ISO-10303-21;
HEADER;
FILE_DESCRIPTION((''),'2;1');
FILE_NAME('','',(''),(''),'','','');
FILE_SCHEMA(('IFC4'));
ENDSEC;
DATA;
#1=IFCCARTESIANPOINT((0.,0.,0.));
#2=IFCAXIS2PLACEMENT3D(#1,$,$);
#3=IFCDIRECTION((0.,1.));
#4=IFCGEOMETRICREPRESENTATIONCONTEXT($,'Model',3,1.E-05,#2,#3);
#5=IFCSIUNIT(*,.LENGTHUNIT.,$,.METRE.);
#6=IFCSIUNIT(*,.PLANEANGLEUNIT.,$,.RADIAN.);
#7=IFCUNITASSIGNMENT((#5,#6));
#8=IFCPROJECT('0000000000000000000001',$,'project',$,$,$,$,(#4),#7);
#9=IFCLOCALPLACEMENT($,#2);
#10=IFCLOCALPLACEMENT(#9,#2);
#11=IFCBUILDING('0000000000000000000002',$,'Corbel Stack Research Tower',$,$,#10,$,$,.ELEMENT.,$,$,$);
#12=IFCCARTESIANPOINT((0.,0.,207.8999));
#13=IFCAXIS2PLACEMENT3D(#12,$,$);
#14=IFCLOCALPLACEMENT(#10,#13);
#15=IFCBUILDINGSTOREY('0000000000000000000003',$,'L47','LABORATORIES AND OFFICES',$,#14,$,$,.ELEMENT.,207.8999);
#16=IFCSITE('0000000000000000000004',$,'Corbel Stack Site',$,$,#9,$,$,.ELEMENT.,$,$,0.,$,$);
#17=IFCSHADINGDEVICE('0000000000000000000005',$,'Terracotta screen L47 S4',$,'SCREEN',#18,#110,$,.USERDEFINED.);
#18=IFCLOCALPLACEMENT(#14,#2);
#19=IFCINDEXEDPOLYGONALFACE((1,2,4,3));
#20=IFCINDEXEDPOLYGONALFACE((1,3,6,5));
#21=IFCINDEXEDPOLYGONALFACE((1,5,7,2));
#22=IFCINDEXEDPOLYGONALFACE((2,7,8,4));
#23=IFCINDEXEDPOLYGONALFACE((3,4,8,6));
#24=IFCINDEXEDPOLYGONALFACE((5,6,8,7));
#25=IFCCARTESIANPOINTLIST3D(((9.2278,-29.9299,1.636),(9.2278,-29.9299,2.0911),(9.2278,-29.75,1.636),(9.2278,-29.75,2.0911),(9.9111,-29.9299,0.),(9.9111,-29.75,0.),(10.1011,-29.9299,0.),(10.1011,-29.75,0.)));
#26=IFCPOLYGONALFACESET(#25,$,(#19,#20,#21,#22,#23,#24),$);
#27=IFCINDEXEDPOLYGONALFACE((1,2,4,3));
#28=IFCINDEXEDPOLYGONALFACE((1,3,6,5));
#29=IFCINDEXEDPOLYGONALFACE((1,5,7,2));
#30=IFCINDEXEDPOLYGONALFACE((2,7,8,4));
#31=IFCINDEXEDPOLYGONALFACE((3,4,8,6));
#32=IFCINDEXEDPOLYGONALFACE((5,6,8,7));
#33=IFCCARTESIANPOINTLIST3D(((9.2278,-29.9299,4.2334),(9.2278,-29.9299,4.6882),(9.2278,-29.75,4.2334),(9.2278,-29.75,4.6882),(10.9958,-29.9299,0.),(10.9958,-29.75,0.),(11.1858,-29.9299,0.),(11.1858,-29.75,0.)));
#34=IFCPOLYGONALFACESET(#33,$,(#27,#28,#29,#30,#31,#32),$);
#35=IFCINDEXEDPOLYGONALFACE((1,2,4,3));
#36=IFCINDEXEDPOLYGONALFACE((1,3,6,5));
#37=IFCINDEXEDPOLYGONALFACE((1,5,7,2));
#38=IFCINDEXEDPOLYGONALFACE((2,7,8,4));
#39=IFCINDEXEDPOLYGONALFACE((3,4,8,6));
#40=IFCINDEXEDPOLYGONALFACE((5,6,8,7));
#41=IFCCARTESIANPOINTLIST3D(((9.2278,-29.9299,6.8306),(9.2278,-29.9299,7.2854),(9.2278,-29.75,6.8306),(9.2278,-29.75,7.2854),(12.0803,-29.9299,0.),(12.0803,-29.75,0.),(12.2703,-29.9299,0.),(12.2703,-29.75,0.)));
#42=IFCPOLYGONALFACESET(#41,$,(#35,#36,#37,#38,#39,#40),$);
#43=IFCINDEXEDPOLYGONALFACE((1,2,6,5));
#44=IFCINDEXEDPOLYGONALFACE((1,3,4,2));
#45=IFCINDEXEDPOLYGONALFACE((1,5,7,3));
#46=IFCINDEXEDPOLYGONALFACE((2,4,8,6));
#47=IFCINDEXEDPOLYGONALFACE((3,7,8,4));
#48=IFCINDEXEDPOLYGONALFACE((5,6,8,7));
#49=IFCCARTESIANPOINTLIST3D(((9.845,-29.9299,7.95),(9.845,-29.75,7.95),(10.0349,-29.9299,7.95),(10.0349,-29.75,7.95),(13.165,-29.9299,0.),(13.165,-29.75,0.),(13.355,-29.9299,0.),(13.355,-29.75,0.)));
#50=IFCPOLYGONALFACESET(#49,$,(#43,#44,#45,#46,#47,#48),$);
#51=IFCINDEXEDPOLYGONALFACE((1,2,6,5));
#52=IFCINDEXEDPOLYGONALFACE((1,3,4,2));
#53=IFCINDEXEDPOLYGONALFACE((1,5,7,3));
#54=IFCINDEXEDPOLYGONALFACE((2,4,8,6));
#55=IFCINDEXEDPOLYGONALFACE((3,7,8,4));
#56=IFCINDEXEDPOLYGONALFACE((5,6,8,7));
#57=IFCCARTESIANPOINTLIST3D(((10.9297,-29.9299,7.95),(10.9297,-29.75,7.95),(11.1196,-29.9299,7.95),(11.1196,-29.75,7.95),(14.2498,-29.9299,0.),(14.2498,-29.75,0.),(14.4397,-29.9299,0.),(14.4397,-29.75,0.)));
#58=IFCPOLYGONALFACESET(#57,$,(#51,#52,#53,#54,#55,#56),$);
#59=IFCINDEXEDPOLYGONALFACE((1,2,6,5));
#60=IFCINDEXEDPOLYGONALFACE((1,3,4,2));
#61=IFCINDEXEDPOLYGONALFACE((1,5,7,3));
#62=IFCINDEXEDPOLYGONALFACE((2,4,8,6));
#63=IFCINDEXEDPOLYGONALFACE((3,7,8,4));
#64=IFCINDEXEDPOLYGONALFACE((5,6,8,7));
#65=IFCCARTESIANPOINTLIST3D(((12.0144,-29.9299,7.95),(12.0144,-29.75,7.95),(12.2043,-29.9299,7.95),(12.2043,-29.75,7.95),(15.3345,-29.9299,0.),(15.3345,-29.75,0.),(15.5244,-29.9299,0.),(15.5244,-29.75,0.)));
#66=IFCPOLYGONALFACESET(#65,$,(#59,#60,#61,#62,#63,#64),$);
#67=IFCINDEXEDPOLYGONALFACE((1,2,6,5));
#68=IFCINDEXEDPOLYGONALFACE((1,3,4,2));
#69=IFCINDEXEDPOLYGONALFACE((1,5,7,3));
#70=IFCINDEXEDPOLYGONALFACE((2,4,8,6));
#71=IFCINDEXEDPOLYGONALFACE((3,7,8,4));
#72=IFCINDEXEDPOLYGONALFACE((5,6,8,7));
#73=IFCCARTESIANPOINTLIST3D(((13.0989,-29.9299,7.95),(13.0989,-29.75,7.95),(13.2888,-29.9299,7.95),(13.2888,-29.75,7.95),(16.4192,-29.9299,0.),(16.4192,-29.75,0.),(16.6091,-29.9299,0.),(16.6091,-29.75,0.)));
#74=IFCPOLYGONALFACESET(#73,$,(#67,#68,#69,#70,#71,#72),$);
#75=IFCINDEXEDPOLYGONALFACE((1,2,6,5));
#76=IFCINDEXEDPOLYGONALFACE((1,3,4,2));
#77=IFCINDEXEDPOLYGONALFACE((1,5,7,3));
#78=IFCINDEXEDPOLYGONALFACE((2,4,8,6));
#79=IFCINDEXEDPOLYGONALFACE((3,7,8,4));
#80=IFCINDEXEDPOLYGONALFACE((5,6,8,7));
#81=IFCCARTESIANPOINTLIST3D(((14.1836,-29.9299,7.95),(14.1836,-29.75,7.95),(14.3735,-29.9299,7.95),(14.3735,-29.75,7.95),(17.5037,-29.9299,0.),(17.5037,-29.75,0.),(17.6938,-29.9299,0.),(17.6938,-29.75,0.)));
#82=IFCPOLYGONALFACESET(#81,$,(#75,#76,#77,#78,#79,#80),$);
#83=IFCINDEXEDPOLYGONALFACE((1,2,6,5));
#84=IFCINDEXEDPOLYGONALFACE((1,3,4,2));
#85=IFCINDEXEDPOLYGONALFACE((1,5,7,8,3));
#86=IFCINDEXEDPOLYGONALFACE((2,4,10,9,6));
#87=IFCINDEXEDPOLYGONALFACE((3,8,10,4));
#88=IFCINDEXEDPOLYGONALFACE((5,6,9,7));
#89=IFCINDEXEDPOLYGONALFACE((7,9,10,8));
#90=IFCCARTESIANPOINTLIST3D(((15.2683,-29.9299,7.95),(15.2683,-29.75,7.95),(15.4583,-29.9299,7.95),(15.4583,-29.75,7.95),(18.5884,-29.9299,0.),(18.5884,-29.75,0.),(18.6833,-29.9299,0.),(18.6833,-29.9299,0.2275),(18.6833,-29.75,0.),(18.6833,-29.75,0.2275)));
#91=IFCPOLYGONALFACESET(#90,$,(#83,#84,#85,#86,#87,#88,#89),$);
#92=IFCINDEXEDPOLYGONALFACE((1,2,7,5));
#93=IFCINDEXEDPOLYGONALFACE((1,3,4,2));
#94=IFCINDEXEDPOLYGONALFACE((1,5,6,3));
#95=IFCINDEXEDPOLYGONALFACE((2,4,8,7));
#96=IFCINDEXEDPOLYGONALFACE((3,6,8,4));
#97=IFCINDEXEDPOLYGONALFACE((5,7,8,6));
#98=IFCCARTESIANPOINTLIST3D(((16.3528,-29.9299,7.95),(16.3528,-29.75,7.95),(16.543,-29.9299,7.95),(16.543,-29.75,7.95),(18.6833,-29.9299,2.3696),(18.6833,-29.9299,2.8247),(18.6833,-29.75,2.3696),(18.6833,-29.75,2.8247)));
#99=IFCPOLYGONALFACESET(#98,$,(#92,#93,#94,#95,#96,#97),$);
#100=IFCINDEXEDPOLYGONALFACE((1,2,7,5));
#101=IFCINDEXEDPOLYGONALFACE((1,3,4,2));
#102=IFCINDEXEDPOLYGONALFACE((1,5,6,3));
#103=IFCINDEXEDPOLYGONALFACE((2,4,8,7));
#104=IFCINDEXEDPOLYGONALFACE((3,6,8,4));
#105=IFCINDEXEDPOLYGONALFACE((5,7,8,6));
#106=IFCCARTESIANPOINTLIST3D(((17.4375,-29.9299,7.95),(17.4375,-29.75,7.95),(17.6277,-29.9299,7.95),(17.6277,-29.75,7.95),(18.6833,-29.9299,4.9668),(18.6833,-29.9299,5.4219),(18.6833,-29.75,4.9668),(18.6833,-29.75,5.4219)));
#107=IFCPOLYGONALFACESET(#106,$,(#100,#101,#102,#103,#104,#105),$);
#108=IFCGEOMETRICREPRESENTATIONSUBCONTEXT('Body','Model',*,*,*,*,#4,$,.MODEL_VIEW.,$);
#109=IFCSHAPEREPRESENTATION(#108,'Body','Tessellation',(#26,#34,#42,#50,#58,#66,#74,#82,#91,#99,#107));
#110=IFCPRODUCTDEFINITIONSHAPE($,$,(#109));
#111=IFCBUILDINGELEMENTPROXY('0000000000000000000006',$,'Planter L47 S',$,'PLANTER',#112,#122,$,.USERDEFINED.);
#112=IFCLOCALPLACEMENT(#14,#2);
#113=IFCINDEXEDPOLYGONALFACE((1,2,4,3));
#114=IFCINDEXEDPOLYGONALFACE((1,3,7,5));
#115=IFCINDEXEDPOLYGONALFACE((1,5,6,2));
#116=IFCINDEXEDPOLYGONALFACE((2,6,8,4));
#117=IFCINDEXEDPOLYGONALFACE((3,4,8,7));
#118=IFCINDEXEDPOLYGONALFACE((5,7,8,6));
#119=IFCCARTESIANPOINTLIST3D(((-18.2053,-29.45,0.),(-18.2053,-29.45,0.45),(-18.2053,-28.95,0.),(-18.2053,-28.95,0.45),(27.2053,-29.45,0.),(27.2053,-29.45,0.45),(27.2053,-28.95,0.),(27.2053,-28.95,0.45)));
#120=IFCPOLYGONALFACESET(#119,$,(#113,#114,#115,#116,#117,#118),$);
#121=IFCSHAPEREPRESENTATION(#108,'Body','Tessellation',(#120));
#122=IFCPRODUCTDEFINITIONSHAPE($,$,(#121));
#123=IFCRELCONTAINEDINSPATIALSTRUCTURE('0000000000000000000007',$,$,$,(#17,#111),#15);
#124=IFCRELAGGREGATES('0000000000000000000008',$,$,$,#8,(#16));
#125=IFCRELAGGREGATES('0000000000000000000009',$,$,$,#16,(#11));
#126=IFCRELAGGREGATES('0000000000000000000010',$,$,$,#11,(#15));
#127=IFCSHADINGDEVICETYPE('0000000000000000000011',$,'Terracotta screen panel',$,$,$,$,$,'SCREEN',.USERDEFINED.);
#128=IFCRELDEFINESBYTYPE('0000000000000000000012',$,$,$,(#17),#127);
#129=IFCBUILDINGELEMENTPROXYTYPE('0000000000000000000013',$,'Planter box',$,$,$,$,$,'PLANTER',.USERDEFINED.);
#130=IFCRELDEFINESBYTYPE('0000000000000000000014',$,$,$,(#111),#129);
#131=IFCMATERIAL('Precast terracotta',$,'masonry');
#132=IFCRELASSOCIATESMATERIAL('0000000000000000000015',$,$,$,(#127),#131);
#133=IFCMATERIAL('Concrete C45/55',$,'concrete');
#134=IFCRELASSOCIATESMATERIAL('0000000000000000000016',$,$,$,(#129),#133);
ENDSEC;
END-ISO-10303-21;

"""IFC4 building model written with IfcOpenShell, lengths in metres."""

from ifc_helpers import new_model, si_unit, direction, frame, origin, origin_2d, place, context, subcontext, project, spatial, polyline, rectangle, outline, extrude, source, transform, mapped, material, type_object, element, save


model = new_model("IFC4")

# Units and contexts
model_context = context("Model", 3, precision=1e-05, world=origin(), true_north=direction((0.0, 1.0)))
body_context = subcontext(model_context, "Body", "Model", "MODEL_VIEW")
ifc_project = project(units=[si_unit("LENGTHUNIT", "METRE"), si_unit("PLANEANGLEUNIT", "RADIAN")], contexts=[model_context])

# Site, building, storey
site_placement = place(None, origin())
site = spatial("IfcSite", under=ifc_project, at=site_placement, Name="Corbel Stack Site", CompositionType="ELEMENT", RefElevation=0.0)
building_placement = place(site_placement, origin())
building = spatial("IfcBuilding", under=site, at=building_placement, Name="Corbel Stack Research Tower", CompositionType="ELEMENT")
storey_placement = place(building_placement, frame((0.0, 0.0, 207.8999)))
storey = spatial("IfcBuildingStorey", under=building, at=storey_placement, Name="L47", Description="LABORATORIES AND OFFICES", CompositionType="ELEMENT", Elevation=207.8999)

# Shading device
ifc_material_1 = material(Name="Precast terracotta", Category="masonry")
shading_device_type = type_object("IfcShadingDeviceType", Name="Terracotta screen panel", ElementType="SCREEN", PredefinedType="USERDEFINED", material=ifc_material_1)
shared_shape = source(origin(), body_context, "Body", "SweptSolid", [
    extrude(outline(polyline([(0.8733, 0.0), (0.0, 2.0911), (0.0, 1.636), (0.6833, 0.0), (0.8733, 0.0)])), frame((0.0, 0.0, 0.0), z_axis=(0.0, -1.0, 0.0), x_axis=(1.0, 0.0, 0.0)), (0.0, 0.0, 1.0), 0.1799),
    extrude(outline(polyline([(1.958, 0.0), (0.0, 4.6882), (0.0, 4.2334), (1.7681, 0.0), (1.958, 0.0)])), frame((0.0, 0.0, 0.0), z_axis=(0.0, -1.0, 0.0), x_axis=(1.0, 0.0, 0.0)), (0.0, 0.0, 1.0), 0.1799),
    extrude(outline(polyline([(3.0425, 0.0), (0.0, 7.2854), (0.0, 6.8306), (2.8525, 0.0), (3.0425, 0.0)])), frame((0.0, 0.0, 0.0), z_axis=(0.0, -1.0, 0.0), x_axis=(1.0, 0.0, 0.0)), (0.0, 0.0, 1.0), 0.1799),
    extrude(outline(polyline([(4.1272, 0.0), (0.8071, 7.95), (0.6172, 7.95), (3.9373, 0.0), (4.1272, 0.0)])), frame((0.0, 0.0, 0.0), z_axis=(0.0, -1.0, 0.0), x_axis=(1.0, 0.0, 0.0)), (0.0, 0.0, 1.0), 0.1799),
    extrude(outline(polyline([(5.2119, 0.0), (1.8918, 7.95), (1.7019, 7.95), (5.022, 0.0), (5.2119, 0.0)])), frame((0.0, 0.0, 0.0), z_axis=(0.0, -1.0, 0.0), x_axis=(1.0, 0.0, 0.0)), (0.0, 0.0, 1.0), 0.1799),
    extrude(outline(polyline([(6.2966, 0.0), (2.9766, 7.95), (2.7866, 7.95), (6.1067, 0.0), (6.2966, 0.0)])), frame((0.0, 0.0, 0.0), z_axis=(0.0, -1.0, 0.0), x_axis=(1.0, 0.0, 0.0)), (0.0, 0.0, 1.0), 0.1799),
    extrude(outline(polyline([(7.3813, 0.0), (4.061, 7.95), (3.8711, 7.95), (7.1914, 0.0), (7.3813, 0.0)])), frame((0.0, 0.0, 0.0), z_axis=(0.0, -1.0, 0.0), x_axis=(1.0, 0.0, 0.0)), (0.0, 0.0, 1.0), 0.1799),
    extrude(outline(polyline([(8.4661, 0.0), (5.1458, 7.95), (4.9558, 7.95), (8.2759, 0.0), (8.4661, 0.0)])), frame((0.0, 0.0, 0.0), z_axis=(0.0, -1.0, 0.0), x_axis=(1.0, 0.0, 0.0)), (0.0, 0.0, 1.0), 0.1799),
    extrude(outline(polyline([(9.4556, 0.0), (9.4556, 0.2275), (6.2305, 7.95), (6.0405, 7.95), (9.3606, 0.0), (9.4556, 0.0)])), frame((0.0, 0.0, 0.0), z_axis=(0.0, -1.0, 0.0), x_axis=(1.0, 0.0, 0.0)), (0.0, 0.0, 1.0), 0.1799),
    extrude(outline(polyline([(7.3152, 7.95), (7.125, 7.95), (9.4556, 2.3696), (9.4556, 2.8247), (7.3152, 7.95)])), frame((0.0, 0.0, 0.0), z_axis=(0.0, -1.0, 0.0), x_axis=(1.0, 0.0, 0.0)), (0.0, 0.0, 1.0), 0.1799),
    extrude(outline(polyline([(8.3999, 7.95), (8.2097, 7.95), (9.4556, 4.9668), (9.4556, 5.4219), (8.3999, 7.95)])), frame((0.0, 0.0, 0.0), z_axis=(0.0, -1.0, 0.0), x_axis=(1.0, 0.0, 0.0)), (0.0, 0.0, 1.0), 0.1799),
])
shading_device_placement = place(storey_placement, frame((9.2278, -29.75, 0.0), z_axis=(0.0, 0.0, 1.0), x_axis=(1.0, 0.0, 0.0)))
element("IfcShadingDevice", 1, at=shading_device_placement, inside=storey, type_object=shading_device_type, Name="Terracotta screen L47 S4", ObjectType="SCREEN", PredefinedType="USERDEFINED", context=body_context, shape_type="MappedRepresentation", body=[
    mapped(shared_shape, transform((0.0, 0.0, 0.0))),
])

# Building element proxy
ifc_material_2 = material(Name="Concrete C45/55", Category="concrete")
building_element_proxy_type = type_object("IfcBuildingElementProxyType", Name="Planter box", ElementType="PLANTER", PredefinedType="USERDEFINED", material=ifc_material_2)
proxy_placement = place(storey_placement, frame((4.5, -29.2, 0.0), z_axis=(0.0, 0.0, 1.0), x_axis=(1.0, 0.0, 0.0)))
element("IfcBuildingElementProxy", 2, at=proxy_placement, inside=storey, type_object=building_element_proxy_type, Name="Planter L47 S", ObjectType="PLANTER", PredefinedType="USERDEFINED", context=body_context, shape_type="SweptSolid", body=[
    extrude(rectangle(XDim=45.4106, YDim=0.5, at=origin_2d()), origin(), (0.0, 0.0, 1.0), 0.45),
])

save(model, "model.ifc")
